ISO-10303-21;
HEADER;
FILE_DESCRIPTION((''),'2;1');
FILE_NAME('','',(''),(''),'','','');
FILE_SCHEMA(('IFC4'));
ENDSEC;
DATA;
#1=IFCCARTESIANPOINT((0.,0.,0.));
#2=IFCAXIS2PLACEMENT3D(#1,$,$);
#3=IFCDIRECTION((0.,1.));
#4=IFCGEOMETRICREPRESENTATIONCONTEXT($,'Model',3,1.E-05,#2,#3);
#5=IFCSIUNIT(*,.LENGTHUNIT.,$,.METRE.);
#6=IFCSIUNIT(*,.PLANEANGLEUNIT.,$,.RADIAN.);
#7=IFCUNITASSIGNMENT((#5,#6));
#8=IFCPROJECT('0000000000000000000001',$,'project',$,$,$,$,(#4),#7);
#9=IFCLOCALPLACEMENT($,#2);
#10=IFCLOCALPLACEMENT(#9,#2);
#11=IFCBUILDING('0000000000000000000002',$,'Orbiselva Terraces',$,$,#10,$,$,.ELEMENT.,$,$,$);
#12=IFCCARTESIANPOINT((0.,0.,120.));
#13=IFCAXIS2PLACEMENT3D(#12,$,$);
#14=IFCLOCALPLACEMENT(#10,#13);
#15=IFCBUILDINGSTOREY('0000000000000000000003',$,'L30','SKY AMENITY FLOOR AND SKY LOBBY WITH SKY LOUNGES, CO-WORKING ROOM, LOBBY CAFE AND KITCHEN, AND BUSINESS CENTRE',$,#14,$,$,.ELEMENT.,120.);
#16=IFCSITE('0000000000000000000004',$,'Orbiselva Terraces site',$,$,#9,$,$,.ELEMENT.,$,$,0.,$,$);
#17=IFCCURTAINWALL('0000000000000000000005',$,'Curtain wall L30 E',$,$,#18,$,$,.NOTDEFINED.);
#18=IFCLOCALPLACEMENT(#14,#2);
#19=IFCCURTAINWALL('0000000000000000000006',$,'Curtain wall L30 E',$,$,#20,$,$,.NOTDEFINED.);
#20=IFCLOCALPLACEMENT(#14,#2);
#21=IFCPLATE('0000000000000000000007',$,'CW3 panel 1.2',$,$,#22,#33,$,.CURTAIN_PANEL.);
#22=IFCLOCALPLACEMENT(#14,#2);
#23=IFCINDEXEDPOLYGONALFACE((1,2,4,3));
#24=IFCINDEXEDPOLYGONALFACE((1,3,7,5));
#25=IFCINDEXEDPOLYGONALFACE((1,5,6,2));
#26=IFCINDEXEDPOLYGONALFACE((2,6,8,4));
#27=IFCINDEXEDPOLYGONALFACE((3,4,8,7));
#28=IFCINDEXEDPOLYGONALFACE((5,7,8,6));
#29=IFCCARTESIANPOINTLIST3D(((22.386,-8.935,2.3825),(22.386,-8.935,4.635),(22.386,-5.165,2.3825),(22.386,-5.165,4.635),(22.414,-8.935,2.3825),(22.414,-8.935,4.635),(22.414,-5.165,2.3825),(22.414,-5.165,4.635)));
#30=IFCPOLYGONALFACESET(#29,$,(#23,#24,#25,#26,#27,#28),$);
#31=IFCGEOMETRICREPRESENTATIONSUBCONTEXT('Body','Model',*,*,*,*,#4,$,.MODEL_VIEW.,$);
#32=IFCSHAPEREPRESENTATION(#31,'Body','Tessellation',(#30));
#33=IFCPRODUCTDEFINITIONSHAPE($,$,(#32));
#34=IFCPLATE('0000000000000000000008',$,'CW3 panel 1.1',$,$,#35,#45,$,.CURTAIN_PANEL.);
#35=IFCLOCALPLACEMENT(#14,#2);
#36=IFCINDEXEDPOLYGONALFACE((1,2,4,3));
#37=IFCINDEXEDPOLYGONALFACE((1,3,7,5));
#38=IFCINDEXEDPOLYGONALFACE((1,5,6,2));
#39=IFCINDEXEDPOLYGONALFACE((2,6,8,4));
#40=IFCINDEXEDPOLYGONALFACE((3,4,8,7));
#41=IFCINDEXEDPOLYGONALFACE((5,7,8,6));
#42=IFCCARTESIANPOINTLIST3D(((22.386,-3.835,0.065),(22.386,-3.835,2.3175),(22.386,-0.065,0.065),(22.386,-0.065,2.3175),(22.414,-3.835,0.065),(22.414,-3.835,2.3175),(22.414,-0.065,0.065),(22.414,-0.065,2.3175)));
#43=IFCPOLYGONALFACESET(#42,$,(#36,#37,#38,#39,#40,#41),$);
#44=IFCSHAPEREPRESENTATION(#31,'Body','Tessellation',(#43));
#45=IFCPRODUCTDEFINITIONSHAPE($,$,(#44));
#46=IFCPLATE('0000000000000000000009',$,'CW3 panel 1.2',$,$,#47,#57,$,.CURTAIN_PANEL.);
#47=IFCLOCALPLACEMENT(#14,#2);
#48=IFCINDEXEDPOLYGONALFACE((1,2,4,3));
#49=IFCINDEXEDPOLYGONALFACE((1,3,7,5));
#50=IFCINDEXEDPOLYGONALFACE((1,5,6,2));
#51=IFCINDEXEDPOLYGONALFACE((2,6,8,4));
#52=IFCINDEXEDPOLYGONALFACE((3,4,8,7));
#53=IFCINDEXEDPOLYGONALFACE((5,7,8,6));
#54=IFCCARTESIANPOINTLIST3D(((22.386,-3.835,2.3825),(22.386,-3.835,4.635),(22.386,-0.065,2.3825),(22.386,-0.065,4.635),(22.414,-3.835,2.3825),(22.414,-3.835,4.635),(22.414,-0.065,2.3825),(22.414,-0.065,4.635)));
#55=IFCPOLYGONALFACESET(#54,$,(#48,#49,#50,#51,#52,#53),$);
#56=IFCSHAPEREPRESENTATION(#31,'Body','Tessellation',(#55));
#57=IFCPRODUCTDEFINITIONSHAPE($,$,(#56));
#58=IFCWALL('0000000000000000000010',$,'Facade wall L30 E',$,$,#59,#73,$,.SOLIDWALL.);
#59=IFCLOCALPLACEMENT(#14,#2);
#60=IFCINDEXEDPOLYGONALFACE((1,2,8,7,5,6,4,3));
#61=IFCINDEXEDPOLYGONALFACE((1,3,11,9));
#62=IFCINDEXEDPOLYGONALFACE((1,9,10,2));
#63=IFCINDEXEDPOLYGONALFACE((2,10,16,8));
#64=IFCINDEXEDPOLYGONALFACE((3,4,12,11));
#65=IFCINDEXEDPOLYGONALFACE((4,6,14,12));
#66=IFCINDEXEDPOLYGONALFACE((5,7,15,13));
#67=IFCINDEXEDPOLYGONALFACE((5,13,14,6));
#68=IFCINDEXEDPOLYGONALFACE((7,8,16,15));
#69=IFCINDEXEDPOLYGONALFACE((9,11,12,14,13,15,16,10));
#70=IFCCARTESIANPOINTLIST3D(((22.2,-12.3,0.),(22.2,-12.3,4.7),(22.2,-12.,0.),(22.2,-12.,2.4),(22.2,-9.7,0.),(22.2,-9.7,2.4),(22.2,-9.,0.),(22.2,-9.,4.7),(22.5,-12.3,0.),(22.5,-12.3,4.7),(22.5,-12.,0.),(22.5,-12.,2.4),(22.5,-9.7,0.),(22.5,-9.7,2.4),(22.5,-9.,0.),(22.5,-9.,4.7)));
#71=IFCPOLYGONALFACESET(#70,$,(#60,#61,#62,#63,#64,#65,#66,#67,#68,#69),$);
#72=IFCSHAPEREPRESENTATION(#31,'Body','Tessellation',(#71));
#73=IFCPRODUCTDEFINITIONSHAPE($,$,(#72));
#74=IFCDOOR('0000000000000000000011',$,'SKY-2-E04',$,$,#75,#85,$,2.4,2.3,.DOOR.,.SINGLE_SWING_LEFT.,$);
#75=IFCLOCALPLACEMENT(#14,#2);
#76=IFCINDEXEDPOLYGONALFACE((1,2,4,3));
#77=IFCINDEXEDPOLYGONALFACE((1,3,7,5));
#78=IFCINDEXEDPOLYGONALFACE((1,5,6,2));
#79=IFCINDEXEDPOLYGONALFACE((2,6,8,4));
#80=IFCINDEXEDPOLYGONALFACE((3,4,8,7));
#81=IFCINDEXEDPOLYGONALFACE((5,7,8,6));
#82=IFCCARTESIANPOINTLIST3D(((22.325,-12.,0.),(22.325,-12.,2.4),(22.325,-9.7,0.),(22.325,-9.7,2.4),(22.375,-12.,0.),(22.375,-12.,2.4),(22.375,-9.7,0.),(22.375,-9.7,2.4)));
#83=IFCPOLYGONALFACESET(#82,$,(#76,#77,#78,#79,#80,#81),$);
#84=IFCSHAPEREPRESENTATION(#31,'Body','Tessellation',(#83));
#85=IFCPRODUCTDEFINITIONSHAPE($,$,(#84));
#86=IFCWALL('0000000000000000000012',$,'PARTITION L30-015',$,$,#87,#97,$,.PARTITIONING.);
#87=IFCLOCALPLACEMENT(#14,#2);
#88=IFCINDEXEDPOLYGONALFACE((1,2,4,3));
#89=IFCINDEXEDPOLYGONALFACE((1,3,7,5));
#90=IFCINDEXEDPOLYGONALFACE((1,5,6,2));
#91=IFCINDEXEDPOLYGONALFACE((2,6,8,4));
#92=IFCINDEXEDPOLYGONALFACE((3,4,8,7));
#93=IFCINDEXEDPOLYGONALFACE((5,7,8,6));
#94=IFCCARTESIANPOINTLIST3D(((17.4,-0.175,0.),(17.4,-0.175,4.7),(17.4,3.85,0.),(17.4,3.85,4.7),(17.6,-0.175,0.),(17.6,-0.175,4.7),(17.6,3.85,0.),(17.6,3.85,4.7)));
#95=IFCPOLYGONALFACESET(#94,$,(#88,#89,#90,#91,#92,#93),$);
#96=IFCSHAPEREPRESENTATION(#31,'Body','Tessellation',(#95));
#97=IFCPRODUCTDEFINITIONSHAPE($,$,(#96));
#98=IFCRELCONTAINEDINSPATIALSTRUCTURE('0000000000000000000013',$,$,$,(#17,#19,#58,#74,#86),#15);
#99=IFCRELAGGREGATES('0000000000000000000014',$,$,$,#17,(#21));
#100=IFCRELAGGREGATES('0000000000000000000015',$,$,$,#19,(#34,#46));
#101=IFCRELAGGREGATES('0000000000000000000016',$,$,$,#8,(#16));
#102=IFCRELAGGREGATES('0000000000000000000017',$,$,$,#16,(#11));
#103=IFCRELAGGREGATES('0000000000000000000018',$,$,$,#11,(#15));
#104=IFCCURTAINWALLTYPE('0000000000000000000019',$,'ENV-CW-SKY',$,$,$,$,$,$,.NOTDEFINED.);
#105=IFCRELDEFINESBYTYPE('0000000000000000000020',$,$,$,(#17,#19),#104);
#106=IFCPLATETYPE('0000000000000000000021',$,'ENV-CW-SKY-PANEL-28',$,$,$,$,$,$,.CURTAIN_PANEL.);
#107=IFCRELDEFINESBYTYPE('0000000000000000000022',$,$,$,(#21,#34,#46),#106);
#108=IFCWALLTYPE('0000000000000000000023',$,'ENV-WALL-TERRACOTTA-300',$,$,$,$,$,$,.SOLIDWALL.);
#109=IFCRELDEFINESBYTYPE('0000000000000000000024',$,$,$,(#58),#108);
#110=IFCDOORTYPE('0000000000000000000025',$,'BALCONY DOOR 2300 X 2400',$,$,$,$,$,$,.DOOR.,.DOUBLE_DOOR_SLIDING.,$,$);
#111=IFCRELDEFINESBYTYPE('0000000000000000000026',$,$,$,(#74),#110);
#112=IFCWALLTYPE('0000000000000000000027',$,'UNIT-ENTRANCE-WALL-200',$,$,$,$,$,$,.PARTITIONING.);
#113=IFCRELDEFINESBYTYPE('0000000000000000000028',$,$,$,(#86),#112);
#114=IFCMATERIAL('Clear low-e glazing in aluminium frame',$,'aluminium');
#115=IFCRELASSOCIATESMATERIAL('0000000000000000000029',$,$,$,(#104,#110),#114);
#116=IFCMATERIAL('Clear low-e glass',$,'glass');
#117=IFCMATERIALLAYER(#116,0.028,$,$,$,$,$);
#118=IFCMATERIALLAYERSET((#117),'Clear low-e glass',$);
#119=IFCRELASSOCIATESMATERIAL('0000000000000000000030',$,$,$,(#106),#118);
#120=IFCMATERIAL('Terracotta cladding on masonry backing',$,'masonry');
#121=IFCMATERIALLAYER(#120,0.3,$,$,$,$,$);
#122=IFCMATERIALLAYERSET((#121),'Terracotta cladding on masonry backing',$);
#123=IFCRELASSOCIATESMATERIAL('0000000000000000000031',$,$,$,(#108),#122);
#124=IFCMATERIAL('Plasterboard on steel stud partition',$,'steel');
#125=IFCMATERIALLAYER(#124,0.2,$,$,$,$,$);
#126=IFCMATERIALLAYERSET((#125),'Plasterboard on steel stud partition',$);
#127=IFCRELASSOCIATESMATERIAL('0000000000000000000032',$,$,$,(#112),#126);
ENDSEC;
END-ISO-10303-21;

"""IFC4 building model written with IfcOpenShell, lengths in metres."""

from ifc_helpers import new_model, si_unit, direction, frame, frame_2d, origin, origin_2d, place, context, subcontext, project, spatial, rectangle, extrude, material, layer, layer_set, type_object, element, fill, aggregate, save


model = new_model("IFC4")

# Units and contexts
model_context = context("Model", 3, precision=1e-05, world=origin(), true_north=direction((0.0, 1.0)))
body_context = subcontext(model_context, "Body", "Model", "MODEL_VIEW")
ifc_project = project(units=[si_unit("LENGTHUNIT", "METRE"), si_unit("PLANEANGLEUNIT", "RADIAN")], contexts=[model_context])

# Site, building, storey
site_placement = place(None, origin())
site = spatial("IfcSite", under=ifc_project, at=site_placement, Name="Orbiselva Terraces site", CompositionType="ELEMENT", RefElevation=0.0)
building_placement = place(site_placement, origin())
building = spatial("IfcBuilding", under=site, at=building_placement, Name="Orbiselva Terraces", CompositionType="ELEMENT")
storey_placement = place(building_placement, frame((0.0, 0.0, 120.0)))
storey = spatial("IfcBuildingStorey", under=building, at=storey_placement, Name="L30", Description="SKY AMENITY FLOOR AND SKY LOBBY WITH SKY LOUNGES, CO-WORKING ROOM, LOBBY CAFE AND KITCHEN, AND BUSINESS CENTRE", CompositionType="ELEMENT", Elevation=120.0)

# Curtain walls
ifc_material_1 = material(Name="Clear low-e glazing in aluminium frame", Category="aluminium")
curtain_wall_type = type_object("IfcCurtainWallType", Name="ENV-CW-SKY", PredefinedType="NOTDEFINED", material=ifc_material_1)
curtain_wall_1_placement = place(storey_placement, origin())
curtain_wall_1 = element("IfcCurtainWall", 1, at=curtain_wall_1_placement, inside=storey, type_object=curtain_wall_type, Name="Curtain wall L30 E", PredefinedType="NOTDEFINED")
curtain_wall_2_placement = place(storey_placement, origin())
curtain_wall_2 = element("IfcCurtainWall", 2, at=curtain_wall_2_placement, inside=storey, type_object=curtain_wall_type, Name="Curtain wall L30 E", PredefinedType="NOTDEFINED")

# Plates
ifc_material_2 = material(Name="Clear low-e glass", Category="glass")
ifc_layer_1 = layer(ifc_material_2, 0.028)
ifc_layer_set_1 = layer_set([ifc_layer_1], Name="Clear low-e glass")
plate_type = type_object("IfcPlateType", Name="ENV-CW-SKY-PANEL-28", PredefinedType="CURTAIN_PANEL", material=ifc_layer_set_1)
plate_1_placement = place(storey_placement, frame((22.4, -7.05, 2.3825), z_axis=(0.0, 0.0, 1.0), x_axis=(0.0, 1.0, 0.0)))
plate_1 = element("IfcPlate", 3, at=plate_1_placement, type_object=plate_type, Name="CW3 panel 1.2", PredefinedType="CURTAIN_PANEL", context=body_context, shape_type="SweptSolid", body=[
    extrude(rectangle(XDim=3.77, YDim=0.028, at=origin_2d()), origin(), (0.0, 0.0, 1.0), 2.2525),
])
aggregate(curtain_wall_1, [plate_1])
plate_2_placement = place(storey_placement, frame((22.4, -1.95, 0.065), z_axis=(0.0, 0.0, 1.0), x_axis=(0.0, 1.0, 0.0)))
plate_2 = element("IfcPlate", 4, at=plate_2_placement, type_object=plate_type, Name="CW3 panel 1.1", PredefinedType="CURTAIN_PANEL", context=body_context, shape_type="SweptSolid", body=[
    extrude(rectangle(XDim=3.77, YDim=0.028, at=origin_2d()), origin(), (0.0, 0.0, 1.0), 2.2525),
])
plate_3_placement = place(storey_placement, frame((22.4, -1.95, 2.3825), z_axis=(0.0, 0.0, 1.0), x_axis=(0.0, 1.0, 0.0)))
plate_3 = element("IfcPlate", 5, at=plate_3_placement, type_object=plate_type, Name="CW3 panel 1.2", PredefinedType="CURTAIN_PANEL", context=body_context, shape_type="SweptSolid", body=[
    extrude(rectangle(XDim=3.77, YDim=0.028, at=origin_2d()), origin(), (0.0, 0.0, 1.0), 2.2525),
])
aggregate(curtain_wall_2, [plate_2, plate_3])

# Wall, opening, door
ifc_material_3 = material(Name="Terracotta cladding on masonry backing", Category="masonry")
ifc_layer_2 = layer(ifc_material_3, 0.3)
ifc_layer_set_2 = layer_set([ifc_layer_2], Name="Terracotta cladding on masonry backing")
wall_type_1 = type_object("IfcWallType", Name="ENV-WALL-TERRACOTTA-300", PredefinedType="SOLIDWALL", material=ifc_layer_set_2)
wall_1_placement = place(storey_placement, frame((22.35, -9.0, 0.0), z_axis=(0.0, 0.0, 1.0), x_axis=(0.0, -1.0, 0.0)))
wall_1 = element("IfcWall", 6, at=wall_1_placement, inside=storey, type_object=wall_type_1, Name="Facade wall L30 E", PredefinedType="SOLIDWALL", context=body_context, shape_type="SweptSolid", body=[
    extrude(rectangle(XDim=3.3, YDim=0.3, at=frame_2d((1.65, 0.0))), origin(), (0.0, 0.0, 1.0), 4.7),
])
opening_placement = place(wall_1_placement, frame((0.7, 0.0, 0.0)))
opening = element("IfcOpeningElement", 7, at=opening_placement, cuts=wall_1, PredefinedType="OPENING", context=body_context, shape_type="SweptSolid", body=[
    extrude(rectangle(XDim=2.3, YDim=2.4, at=frame_2d((1.15, 1.2))), frame((0.0, 0.16, 0.0), z_axis=(0.0, -1.0, 0.0), x_axis=(1.0, 0.0, 0.0)), (0.0, 0.0, 1.0), 0.32),
])
door_type = type_object("IfcDoorType", Name="BALCONY DOOR 2300 X 2400", OperationType="DOUBLE_DOOR_SLIDING", PredefinedType="DOOR", material=ifc_material_1)
door_placement = place(opening_placement, origin())
door = element("IfcDoor", 8, at=door_placement, inside=storey, type_object=door_type, Name="SKY-2-E04", OperationType="SINGLE_SWING_LEFT", OverallHeight=2.4, OverallWidth=2.3, PredefinedType="DOOR", context=body_context, shape_type="SweptSolid", body=[
    extrude(rectangle(XDim=2.3, YDim=2.4, at=frame_2d((1.15, 1.2))), frame((0.0, 0.025, 0.0), z_axis=(0.0, -1.0, 0.0), x_axis=(1.0, 0.0, 0.0)), (0.0, 0.0, 1.0), 0.05),
])
fill(opening, door)

# Wall
ifc_material_4 = material(Name="Plasterboard on steel stud partition", Category="steel")
ifc_layer_3 = layer(ifc_material_4, 0.2)
ifc_layer_set_3 = layer_set([ifc_layer_3], Name="Plasterboard on steel stud partition")
wall_type_2 = type_object("IfcWallType", Name="UNIT-ENTRANCE-WALL-200", PredefinedType="PARTITIONING", material=ifc_layer_set_3)
wall_2_placement = place(storey_placement, frame((17.5, -0.175, 0.0), z_axis=(0.0, 0.0, 1.0), x_axis=(0.0, 1.0, 0.0)))
element("IfcWall", 9, at=wall_2_placement, inside=storey, type_object=wall_type_2, Name="PARTITION L30-015", PredefinedType="PARTITIONING", context=body_context, shape_type="SweptSolid", body=[
    extrude(rectangle(XDim=4.025, YDim=0.2, at=frame_2d((2.0125, 0.0))), origin(), (0.0, 0.0, 1.0), 4.7),
])

save(model, "model.ifc")
